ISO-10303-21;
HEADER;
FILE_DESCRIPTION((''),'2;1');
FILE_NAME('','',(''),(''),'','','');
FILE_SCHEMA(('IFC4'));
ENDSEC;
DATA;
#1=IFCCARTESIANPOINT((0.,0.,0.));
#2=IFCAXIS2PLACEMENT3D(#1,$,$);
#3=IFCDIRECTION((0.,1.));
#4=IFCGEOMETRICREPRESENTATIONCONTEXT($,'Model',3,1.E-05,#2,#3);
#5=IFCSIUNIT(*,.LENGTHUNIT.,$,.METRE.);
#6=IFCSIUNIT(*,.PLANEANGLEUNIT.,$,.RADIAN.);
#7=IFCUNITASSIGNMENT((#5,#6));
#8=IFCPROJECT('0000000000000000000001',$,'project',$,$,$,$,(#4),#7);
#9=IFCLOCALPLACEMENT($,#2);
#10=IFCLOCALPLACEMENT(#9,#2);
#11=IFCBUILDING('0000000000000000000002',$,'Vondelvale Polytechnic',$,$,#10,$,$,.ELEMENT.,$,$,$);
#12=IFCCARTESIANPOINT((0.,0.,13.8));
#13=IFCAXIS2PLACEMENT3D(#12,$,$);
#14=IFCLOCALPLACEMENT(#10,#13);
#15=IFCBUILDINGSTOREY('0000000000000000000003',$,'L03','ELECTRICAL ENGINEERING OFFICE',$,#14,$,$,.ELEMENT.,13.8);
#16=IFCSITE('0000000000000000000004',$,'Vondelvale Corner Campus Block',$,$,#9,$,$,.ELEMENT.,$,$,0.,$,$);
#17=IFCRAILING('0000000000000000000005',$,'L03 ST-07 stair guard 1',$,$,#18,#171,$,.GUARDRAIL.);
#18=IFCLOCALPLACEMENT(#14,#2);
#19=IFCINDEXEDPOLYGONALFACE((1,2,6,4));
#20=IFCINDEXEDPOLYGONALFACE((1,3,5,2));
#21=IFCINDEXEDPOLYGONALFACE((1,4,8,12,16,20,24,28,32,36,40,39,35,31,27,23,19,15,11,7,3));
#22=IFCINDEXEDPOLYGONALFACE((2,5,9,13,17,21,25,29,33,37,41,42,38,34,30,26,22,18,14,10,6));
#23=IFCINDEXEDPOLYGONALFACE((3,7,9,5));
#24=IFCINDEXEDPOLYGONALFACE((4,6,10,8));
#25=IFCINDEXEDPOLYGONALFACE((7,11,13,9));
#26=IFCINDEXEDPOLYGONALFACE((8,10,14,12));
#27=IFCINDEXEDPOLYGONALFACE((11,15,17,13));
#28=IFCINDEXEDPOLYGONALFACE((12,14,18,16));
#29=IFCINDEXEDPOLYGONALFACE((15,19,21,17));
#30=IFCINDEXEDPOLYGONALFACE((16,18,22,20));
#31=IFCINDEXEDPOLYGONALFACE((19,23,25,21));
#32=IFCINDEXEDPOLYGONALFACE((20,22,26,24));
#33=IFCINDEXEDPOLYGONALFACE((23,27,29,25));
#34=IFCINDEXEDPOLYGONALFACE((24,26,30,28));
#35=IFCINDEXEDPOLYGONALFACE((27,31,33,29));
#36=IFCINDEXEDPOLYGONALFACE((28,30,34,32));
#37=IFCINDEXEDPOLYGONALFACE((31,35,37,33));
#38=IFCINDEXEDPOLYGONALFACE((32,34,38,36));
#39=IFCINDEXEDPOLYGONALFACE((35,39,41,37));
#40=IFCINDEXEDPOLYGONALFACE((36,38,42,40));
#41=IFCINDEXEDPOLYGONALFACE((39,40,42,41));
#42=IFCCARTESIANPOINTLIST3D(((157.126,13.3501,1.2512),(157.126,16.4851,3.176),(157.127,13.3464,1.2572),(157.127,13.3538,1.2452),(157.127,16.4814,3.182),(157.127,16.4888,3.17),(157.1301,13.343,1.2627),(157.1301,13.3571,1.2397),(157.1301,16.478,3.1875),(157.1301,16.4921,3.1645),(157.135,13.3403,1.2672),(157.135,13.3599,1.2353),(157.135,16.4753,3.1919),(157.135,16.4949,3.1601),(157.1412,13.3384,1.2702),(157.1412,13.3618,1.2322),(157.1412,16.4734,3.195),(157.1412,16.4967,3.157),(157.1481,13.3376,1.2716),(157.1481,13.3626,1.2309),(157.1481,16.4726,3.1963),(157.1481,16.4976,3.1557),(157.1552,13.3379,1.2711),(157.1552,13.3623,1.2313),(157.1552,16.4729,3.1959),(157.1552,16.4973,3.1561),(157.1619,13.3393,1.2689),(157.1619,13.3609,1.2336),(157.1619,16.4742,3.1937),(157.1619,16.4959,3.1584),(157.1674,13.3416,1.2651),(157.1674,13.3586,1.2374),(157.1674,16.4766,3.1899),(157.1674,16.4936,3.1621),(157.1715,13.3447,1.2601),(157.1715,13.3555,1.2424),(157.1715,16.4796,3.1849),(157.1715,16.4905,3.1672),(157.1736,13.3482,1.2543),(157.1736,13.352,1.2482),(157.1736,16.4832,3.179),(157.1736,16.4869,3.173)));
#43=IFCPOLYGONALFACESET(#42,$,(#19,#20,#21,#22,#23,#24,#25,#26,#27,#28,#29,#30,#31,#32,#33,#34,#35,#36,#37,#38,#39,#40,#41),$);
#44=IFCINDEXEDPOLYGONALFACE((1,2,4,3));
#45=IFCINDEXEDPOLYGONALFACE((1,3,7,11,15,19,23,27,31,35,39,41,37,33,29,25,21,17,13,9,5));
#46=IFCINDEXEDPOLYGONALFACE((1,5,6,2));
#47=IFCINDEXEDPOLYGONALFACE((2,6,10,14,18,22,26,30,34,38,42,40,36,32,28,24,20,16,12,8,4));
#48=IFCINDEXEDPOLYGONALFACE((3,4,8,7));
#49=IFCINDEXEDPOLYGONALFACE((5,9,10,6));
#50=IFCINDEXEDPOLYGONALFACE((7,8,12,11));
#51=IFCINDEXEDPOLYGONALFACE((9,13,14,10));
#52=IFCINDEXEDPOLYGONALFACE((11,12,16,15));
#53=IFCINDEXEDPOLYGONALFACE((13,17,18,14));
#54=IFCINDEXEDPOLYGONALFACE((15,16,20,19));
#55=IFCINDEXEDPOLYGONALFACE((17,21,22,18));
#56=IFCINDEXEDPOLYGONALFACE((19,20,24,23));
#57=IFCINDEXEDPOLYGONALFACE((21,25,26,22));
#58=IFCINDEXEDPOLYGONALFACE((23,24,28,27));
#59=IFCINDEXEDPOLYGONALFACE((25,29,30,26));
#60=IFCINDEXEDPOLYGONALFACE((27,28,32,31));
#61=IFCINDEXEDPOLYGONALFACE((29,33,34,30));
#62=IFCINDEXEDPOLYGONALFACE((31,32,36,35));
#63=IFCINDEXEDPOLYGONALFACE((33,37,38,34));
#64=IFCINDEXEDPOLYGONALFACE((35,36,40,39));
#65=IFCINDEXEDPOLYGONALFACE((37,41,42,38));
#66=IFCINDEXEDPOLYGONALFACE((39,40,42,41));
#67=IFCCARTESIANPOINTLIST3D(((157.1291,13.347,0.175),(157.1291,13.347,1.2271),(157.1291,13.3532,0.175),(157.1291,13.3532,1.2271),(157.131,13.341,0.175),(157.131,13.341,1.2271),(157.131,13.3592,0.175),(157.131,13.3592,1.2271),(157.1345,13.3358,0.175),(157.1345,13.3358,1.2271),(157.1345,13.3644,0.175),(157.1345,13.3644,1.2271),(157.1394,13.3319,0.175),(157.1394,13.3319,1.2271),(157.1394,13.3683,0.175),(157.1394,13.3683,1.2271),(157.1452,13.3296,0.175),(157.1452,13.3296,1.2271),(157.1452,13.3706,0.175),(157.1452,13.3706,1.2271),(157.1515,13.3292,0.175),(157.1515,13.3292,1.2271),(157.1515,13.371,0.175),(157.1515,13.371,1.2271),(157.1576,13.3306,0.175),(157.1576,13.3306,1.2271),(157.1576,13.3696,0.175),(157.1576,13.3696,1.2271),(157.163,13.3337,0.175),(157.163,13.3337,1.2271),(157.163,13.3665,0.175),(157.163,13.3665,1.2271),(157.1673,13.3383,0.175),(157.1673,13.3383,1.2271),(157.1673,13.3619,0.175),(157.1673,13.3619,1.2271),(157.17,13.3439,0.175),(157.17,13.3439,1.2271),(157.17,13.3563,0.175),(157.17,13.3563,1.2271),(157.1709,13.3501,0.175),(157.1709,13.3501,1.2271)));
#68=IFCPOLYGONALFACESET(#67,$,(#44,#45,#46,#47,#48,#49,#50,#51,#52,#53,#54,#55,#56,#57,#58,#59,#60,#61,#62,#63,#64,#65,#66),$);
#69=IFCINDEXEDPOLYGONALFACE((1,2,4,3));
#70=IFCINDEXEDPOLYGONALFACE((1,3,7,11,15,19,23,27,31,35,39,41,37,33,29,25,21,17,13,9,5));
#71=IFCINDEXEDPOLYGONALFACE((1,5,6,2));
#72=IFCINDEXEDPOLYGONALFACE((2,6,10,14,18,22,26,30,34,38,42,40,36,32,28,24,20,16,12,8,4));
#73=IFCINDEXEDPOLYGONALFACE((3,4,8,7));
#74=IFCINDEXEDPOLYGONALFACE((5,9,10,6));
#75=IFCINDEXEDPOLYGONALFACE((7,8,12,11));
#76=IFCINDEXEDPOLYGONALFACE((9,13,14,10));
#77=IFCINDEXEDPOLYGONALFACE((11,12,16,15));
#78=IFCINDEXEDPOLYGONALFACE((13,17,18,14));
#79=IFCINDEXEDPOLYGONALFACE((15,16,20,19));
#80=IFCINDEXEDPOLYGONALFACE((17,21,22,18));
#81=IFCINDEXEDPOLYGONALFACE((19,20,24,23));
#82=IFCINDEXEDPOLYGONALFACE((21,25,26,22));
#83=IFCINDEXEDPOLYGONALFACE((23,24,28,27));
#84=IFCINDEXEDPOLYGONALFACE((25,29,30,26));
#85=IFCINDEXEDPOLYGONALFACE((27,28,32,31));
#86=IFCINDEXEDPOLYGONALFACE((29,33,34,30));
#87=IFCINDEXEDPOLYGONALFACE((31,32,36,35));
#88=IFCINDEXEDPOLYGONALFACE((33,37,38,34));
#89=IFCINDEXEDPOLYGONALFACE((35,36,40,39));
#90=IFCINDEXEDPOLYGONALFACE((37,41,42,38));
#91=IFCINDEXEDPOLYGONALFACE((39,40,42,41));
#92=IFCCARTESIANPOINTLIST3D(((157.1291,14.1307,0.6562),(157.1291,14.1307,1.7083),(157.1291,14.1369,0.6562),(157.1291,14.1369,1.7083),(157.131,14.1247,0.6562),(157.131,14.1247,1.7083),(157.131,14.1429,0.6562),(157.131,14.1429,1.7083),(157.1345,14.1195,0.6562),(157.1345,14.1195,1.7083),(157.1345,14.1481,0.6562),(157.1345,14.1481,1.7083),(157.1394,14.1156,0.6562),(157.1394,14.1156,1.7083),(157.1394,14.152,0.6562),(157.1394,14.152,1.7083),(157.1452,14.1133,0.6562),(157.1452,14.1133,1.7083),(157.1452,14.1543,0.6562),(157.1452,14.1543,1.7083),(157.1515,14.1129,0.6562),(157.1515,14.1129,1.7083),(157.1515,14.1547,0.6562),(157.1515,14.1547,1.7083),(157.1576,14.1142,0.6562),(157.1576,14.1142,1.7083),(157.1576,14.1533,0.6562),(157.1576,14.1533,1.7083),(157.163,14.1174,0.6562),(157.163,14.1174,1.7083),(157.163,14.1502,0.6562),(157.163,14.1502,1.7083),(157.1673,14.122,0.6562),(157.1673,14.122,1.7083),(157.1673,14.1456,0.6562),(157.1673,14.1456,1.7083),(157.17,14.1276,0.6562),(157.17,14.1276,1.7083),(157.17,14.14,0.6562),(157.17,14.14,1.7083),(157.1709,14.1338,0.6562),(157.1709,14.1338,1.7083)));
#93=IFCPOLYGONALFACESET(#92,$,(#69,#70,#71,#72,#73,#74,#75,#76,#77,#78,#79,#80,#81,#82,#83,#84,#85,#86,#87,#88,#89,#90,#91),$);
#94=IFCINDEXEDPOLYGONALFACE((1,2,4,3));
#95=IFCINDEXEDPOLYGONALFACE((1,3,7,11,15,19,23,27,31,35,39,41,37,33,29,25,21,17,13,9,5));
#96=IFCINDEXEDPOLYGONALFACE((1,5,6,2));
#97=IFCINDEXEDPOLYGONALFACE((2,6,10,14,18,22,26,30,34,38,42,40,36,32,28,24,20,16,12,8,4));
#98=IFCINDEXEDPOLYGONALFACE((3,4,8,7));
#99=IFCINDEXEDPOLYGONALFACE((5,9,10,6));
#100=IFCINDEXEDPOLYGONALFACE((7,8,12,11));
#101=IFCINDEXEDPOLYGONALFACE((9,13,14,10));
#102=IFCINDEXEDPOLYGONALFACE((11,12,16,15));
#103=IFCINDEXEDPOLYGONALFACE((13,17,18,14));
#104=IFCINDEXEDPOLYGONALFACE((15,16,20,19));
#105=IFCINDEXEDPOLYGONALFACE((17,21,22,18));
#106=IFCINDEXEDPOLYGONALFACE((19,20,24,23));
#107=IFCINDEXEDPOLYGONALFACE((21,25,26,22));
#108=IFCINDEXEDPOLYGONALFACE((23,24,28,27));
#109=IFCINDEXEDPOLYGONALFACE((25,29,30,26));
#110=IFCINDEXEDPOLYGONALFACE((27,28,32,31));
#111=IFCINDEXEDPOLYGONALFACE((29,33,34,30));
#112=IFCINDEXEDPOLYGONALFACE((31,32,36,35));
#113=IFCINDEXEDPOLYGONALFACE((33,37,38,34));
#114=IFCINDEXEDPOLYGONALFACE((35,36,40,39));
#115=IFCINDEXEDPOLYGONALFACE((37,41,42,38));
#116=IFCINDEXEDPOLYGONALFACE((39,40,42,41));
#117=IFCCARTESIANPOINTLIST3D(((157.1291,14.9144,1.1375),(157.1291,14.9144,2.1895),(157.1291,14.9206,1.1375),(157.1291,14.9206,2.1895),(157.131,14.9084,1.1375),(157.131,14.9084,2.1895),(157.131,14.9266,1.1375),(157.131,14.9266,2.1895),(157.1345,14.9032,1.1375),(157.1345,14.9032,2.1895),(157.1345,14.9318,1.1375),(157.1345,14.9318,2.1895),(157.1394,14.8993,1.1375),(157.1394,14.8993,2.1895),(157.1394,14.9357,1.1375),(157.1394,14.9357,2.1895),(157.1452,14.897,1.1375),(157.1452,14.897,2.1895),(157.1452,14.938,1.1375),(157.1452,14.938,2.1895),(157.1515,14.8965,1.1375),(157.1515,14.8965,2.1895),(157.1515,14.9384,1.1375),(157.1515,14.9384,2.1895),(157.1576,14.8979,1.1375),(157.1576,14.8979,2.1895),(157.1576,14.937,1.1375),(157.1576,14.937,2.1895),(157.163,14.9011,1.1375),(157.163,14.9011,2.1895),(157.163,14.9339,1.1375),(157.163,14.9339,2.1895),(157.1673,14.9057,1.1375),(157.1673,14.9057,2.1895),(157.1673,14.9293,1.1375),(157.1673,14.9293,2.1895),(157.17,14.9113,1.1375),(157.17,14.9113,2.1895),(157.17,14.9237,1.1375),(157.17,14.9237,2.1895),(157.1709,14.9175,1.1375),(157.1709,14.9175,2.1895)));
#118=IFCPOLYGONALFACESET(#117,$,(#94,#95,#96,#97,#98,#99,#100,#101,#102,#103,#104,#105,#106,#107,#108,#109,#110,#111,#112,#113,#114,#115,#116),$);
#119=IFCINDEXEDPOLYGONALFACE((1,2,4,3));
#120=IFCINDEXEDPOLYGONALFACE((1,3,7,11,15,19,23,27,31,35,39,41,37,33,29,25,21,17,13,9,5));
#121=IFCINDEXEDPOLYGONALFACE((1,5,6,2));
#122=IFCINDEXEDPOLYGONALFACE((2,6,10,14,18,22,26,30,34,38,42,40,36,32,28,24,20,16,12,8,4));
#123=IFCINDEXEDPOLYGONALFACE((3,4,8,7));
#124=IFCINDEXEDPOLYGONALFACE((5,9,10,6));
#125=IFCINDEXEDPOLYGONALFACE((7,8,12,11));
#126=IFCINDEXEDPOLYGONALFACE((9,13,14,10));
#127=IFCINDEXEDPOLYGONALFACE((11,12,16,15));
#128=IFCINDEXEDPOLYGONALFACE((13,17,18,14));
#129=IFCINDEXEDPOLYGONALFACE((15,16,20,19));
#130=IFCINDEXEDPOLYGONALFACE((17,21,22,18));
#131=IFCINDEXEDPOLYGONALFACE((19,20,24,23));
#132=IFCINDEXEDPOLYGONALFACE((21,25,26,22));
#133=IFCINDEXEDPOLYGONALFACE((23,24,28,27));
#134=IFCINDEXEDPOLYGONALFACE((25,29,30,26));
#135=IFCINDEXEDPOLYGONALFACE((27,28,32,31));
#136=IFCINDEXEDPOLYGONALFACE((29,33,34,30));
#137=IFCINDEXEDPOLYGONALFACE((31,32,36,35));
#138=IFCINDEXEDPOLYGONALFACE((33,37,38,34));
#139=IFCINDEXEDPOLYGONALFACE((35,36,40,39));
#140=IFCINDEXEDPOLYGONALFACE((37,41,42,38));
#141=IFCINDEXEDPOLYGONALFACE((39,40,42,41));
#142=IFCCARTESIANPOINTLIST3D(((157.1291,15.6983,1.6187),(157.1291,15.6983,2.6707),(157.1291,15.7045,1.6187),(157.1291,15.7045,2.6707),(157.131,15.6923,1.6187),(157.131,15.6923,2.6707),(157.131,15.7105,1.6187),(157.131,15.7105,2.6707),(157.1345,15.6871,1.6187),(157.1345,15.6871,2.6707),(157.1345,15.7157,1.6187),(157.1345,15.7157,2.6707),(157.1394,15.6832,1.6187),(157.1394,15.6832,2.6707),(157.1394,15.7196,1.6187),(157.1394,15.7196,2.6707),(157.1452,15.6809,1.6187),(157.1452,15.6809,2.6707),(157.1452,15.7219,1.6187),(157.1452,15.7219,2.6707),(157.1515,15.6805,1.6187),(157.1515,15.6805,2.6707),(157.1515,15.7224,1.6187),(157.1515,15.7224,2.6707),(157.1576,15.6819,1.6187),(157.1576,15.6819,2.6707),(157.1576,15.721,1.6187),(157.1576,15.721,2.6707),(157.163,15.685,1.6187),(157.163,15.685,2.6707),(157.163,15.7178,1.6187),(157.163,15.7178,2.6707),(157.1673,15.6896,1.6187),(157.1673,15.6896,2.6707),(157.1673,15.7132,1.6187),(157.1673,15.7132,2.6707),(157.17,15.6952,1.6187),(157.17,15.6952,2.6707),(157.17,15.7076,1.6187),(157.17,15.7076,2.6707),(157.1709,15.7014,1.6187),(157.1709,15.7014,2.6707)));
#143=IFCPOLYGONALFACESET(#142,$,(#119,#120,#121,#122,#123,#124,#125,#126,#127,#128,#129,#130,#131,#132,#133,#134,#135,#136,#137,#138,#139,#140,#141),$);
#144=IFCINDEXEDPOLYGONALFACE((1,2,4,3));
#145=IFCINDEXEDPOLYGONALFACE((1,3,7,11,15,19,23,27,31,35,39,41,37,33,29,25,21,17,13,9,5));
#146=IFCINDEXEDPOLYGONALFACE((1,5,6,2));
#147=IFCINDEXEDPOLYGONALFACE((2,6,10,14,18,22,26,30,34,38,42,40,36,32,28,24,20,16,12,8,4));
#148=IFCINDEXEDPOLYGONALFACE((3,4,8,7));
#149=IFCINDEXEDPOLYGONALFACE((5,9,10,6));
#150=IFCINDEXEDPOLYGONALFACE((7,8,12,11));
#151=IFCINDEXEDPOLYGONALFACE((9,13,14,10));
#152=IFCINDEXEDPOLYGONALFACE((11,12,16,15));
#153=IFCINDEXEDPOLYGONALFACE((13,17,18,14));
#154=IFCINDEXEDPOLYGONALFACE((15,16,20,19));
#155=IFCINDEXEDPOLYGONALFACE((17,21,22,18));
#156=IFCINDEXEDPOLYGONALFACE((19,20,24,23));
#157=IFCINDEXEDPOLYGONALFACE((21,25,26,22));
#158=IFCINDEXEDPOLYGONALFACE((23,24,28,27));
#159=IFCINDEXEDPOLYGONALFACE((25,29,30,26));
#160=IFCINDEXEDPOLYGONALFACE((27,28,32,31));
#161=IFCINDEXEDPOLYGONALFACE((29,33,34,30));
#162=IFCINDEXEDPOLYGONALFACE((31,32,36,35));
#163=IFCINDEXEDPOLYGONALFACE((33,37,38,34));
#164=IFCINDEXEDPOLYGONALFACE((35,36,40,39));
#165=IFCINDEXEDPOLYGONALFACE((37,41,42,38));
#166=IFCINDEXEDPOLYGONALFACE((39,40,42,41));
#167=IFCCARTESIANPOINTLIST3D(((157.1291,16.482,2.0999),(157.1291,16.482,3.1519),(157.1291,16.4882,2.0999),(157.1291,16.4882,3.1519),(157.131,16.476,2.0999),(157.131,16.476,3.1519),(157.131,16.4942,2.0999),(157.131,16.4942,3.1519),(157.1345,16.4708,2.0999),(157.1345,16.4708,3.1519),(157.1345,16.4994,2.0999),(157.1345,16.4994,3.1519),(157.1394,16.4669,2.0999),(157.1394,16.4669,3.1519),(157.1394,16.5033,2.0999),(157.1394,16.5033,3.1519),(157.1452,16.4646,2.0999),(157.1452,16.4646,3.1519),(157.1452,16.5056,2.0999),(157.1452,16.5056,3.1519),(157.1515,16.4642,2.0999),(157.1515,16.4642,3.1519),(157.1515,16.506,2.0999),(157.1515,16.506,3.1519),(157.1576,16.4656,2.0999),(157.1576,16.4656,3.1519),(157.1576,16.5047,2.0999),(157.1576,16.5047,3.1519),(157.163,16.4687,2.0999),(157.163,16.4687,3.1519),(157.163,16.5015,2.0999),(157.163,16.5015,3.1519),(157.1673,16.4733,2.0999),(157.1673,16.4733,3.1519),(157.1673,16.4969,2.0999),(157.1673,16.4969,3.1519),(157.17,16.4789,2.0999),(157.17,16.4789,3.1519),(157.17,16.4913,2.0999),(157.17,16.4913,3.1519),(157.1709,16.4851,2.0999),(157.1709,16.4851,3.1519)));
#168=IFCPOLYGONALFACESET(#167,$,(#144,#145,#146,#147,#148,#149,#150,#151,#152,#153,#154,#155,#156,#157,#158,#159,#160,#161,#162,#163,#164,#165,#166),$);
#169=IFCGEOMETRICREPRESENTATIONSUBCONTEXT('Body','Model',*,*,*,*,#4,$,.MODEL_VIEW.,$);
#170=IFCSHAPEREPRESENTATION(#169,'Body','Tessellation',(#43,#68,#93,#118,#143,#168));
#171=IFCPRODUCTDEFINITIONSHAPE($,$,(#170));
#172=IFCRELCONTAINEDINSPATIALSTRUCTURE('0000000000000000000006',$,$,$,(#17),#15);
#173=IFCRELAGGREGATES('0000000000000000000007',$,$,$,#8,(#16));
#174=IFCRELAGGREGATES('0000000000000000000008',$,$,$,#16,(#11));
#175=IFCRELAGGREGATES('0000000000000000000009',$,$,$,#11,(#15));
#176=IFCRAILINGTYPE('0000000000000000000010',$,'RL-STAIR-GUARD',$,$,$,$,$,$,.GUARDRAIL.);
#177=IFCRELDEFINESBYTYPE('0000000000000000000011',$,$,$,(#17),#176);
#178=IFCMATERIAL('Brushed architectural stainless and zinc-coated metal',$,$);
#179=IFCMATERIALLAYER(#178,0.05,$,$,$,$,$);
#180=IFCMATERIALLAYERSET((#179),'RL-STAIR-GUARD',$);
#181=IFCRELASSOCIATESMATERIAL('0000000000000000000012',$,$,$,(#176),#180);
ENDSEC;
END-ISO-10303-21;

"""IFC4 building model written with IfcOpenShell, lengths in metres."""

from ifc_helpers import new_model, si_unit, direction, frame, origin, origin_2d, place, context, subcontext, project, spatial, circle, extrude, material, layer, layer_set, type_object, element, save


model = new_model("IFC4")

# Units and contexts
model_context = context("Model", 3, precision=1e-05, world=origin(), true_north=direction((0.0, 1.0)))
body_context = subcontext(model_context, "Body", "Model", "MODEL_VIEW")
ifc_project = project(units=[si_unit("LENGTHUNIT", "METRE"), si_unit("PLANEANGLEUNIT", "RADIAN")], contexts=[model_context])

# Site, building, storey
site_placement = place(None, origin())
site = spatial("IfcSite", under=ifc_project, at=site_placement, Name="Vondelvale Corner Campus Block", CompositionType="ELEMENT", RefElevation=0.0)
building_placement = place(site_placement, origin())
building = spatial("IfcBuilding", under=site, at=building_placement, Name="Vondelvale Polytechnic", CompositionType="ELEMENT")
storey_placement = place(building_placement, frame((0.0, 0.0, 13.8)))
storey = spatial("IfcBuildingStorey", under=building, at=storey_placement, Name="L03", Description="ELECTRICAL ENGINEERING OFFICE", CompositionType="ELEMENT", Elevation=13.8)

# Shared definitions
ifc_material_1 = material(Name="Brushed architectural stainless and zinc-coated metal")

# Railing
ifc_layer_1 = layer(ifc_material_1, 0.05)
ifc_layer_set_1 = layer_set([ifc_layer_1], Name="RL-STAIR-GUARD")
railing_type_1 = type_object("IfcRailingType", Name="RL-STAIR-GUARD", PredefinedType="GUARDRAIL", material=ifc_layer_set_1)
railing_1_placement = place(storey_placement, frame((157.1499, 13.3501, 0.175)))
element("IfcRailing", 1, at=railing_1_placement, inside=storey, type_object=railing_type_1, Name="L03 ST-07 stair guard 1", PredefinedType="GUARDRAIL", context=body_context, shape_type="SweptSolid", body=[
    extrude(circle(Radius=0.0239, at=origin_2d()), frame((0.0, 0.0, 1.0762), z_axis=(0.0, 0.852196, 0.523223), x_axis=(-1.0, 0.0, 0.0)), (0.0, 0.0, 1.0), 3.6787),
    extrude(circle(Radius=0.021, at=origin_2d()), origin(), (0.0, 0.0, 1.0), 1.052),
    extrude(circle(Radius=0.021, at=origin_2d()), frame((0.0, 0.7837, 0.4812)), (0.0, 0.0, 1.0), 1.052),
    extrude(circle(Radius=0.021, at=origin_2d()), frame((0.0, 1.5674, 0.9624)), (0.0, 0.0, 1.0), 1.052),
    extrude(circle(Radius=0.021, at=origin_2d()), frame((0.0, 2.3513, 1.4436)), (0.0, 0.0, 1.0), 1.052),
    extrude(circle(Radius=0.021, at=origin_2d()), frame((0.0, 3.135, 1.9248)), (0.0, 0.0, 1.0), 1.052),
])

save(model, "model.ifc")
